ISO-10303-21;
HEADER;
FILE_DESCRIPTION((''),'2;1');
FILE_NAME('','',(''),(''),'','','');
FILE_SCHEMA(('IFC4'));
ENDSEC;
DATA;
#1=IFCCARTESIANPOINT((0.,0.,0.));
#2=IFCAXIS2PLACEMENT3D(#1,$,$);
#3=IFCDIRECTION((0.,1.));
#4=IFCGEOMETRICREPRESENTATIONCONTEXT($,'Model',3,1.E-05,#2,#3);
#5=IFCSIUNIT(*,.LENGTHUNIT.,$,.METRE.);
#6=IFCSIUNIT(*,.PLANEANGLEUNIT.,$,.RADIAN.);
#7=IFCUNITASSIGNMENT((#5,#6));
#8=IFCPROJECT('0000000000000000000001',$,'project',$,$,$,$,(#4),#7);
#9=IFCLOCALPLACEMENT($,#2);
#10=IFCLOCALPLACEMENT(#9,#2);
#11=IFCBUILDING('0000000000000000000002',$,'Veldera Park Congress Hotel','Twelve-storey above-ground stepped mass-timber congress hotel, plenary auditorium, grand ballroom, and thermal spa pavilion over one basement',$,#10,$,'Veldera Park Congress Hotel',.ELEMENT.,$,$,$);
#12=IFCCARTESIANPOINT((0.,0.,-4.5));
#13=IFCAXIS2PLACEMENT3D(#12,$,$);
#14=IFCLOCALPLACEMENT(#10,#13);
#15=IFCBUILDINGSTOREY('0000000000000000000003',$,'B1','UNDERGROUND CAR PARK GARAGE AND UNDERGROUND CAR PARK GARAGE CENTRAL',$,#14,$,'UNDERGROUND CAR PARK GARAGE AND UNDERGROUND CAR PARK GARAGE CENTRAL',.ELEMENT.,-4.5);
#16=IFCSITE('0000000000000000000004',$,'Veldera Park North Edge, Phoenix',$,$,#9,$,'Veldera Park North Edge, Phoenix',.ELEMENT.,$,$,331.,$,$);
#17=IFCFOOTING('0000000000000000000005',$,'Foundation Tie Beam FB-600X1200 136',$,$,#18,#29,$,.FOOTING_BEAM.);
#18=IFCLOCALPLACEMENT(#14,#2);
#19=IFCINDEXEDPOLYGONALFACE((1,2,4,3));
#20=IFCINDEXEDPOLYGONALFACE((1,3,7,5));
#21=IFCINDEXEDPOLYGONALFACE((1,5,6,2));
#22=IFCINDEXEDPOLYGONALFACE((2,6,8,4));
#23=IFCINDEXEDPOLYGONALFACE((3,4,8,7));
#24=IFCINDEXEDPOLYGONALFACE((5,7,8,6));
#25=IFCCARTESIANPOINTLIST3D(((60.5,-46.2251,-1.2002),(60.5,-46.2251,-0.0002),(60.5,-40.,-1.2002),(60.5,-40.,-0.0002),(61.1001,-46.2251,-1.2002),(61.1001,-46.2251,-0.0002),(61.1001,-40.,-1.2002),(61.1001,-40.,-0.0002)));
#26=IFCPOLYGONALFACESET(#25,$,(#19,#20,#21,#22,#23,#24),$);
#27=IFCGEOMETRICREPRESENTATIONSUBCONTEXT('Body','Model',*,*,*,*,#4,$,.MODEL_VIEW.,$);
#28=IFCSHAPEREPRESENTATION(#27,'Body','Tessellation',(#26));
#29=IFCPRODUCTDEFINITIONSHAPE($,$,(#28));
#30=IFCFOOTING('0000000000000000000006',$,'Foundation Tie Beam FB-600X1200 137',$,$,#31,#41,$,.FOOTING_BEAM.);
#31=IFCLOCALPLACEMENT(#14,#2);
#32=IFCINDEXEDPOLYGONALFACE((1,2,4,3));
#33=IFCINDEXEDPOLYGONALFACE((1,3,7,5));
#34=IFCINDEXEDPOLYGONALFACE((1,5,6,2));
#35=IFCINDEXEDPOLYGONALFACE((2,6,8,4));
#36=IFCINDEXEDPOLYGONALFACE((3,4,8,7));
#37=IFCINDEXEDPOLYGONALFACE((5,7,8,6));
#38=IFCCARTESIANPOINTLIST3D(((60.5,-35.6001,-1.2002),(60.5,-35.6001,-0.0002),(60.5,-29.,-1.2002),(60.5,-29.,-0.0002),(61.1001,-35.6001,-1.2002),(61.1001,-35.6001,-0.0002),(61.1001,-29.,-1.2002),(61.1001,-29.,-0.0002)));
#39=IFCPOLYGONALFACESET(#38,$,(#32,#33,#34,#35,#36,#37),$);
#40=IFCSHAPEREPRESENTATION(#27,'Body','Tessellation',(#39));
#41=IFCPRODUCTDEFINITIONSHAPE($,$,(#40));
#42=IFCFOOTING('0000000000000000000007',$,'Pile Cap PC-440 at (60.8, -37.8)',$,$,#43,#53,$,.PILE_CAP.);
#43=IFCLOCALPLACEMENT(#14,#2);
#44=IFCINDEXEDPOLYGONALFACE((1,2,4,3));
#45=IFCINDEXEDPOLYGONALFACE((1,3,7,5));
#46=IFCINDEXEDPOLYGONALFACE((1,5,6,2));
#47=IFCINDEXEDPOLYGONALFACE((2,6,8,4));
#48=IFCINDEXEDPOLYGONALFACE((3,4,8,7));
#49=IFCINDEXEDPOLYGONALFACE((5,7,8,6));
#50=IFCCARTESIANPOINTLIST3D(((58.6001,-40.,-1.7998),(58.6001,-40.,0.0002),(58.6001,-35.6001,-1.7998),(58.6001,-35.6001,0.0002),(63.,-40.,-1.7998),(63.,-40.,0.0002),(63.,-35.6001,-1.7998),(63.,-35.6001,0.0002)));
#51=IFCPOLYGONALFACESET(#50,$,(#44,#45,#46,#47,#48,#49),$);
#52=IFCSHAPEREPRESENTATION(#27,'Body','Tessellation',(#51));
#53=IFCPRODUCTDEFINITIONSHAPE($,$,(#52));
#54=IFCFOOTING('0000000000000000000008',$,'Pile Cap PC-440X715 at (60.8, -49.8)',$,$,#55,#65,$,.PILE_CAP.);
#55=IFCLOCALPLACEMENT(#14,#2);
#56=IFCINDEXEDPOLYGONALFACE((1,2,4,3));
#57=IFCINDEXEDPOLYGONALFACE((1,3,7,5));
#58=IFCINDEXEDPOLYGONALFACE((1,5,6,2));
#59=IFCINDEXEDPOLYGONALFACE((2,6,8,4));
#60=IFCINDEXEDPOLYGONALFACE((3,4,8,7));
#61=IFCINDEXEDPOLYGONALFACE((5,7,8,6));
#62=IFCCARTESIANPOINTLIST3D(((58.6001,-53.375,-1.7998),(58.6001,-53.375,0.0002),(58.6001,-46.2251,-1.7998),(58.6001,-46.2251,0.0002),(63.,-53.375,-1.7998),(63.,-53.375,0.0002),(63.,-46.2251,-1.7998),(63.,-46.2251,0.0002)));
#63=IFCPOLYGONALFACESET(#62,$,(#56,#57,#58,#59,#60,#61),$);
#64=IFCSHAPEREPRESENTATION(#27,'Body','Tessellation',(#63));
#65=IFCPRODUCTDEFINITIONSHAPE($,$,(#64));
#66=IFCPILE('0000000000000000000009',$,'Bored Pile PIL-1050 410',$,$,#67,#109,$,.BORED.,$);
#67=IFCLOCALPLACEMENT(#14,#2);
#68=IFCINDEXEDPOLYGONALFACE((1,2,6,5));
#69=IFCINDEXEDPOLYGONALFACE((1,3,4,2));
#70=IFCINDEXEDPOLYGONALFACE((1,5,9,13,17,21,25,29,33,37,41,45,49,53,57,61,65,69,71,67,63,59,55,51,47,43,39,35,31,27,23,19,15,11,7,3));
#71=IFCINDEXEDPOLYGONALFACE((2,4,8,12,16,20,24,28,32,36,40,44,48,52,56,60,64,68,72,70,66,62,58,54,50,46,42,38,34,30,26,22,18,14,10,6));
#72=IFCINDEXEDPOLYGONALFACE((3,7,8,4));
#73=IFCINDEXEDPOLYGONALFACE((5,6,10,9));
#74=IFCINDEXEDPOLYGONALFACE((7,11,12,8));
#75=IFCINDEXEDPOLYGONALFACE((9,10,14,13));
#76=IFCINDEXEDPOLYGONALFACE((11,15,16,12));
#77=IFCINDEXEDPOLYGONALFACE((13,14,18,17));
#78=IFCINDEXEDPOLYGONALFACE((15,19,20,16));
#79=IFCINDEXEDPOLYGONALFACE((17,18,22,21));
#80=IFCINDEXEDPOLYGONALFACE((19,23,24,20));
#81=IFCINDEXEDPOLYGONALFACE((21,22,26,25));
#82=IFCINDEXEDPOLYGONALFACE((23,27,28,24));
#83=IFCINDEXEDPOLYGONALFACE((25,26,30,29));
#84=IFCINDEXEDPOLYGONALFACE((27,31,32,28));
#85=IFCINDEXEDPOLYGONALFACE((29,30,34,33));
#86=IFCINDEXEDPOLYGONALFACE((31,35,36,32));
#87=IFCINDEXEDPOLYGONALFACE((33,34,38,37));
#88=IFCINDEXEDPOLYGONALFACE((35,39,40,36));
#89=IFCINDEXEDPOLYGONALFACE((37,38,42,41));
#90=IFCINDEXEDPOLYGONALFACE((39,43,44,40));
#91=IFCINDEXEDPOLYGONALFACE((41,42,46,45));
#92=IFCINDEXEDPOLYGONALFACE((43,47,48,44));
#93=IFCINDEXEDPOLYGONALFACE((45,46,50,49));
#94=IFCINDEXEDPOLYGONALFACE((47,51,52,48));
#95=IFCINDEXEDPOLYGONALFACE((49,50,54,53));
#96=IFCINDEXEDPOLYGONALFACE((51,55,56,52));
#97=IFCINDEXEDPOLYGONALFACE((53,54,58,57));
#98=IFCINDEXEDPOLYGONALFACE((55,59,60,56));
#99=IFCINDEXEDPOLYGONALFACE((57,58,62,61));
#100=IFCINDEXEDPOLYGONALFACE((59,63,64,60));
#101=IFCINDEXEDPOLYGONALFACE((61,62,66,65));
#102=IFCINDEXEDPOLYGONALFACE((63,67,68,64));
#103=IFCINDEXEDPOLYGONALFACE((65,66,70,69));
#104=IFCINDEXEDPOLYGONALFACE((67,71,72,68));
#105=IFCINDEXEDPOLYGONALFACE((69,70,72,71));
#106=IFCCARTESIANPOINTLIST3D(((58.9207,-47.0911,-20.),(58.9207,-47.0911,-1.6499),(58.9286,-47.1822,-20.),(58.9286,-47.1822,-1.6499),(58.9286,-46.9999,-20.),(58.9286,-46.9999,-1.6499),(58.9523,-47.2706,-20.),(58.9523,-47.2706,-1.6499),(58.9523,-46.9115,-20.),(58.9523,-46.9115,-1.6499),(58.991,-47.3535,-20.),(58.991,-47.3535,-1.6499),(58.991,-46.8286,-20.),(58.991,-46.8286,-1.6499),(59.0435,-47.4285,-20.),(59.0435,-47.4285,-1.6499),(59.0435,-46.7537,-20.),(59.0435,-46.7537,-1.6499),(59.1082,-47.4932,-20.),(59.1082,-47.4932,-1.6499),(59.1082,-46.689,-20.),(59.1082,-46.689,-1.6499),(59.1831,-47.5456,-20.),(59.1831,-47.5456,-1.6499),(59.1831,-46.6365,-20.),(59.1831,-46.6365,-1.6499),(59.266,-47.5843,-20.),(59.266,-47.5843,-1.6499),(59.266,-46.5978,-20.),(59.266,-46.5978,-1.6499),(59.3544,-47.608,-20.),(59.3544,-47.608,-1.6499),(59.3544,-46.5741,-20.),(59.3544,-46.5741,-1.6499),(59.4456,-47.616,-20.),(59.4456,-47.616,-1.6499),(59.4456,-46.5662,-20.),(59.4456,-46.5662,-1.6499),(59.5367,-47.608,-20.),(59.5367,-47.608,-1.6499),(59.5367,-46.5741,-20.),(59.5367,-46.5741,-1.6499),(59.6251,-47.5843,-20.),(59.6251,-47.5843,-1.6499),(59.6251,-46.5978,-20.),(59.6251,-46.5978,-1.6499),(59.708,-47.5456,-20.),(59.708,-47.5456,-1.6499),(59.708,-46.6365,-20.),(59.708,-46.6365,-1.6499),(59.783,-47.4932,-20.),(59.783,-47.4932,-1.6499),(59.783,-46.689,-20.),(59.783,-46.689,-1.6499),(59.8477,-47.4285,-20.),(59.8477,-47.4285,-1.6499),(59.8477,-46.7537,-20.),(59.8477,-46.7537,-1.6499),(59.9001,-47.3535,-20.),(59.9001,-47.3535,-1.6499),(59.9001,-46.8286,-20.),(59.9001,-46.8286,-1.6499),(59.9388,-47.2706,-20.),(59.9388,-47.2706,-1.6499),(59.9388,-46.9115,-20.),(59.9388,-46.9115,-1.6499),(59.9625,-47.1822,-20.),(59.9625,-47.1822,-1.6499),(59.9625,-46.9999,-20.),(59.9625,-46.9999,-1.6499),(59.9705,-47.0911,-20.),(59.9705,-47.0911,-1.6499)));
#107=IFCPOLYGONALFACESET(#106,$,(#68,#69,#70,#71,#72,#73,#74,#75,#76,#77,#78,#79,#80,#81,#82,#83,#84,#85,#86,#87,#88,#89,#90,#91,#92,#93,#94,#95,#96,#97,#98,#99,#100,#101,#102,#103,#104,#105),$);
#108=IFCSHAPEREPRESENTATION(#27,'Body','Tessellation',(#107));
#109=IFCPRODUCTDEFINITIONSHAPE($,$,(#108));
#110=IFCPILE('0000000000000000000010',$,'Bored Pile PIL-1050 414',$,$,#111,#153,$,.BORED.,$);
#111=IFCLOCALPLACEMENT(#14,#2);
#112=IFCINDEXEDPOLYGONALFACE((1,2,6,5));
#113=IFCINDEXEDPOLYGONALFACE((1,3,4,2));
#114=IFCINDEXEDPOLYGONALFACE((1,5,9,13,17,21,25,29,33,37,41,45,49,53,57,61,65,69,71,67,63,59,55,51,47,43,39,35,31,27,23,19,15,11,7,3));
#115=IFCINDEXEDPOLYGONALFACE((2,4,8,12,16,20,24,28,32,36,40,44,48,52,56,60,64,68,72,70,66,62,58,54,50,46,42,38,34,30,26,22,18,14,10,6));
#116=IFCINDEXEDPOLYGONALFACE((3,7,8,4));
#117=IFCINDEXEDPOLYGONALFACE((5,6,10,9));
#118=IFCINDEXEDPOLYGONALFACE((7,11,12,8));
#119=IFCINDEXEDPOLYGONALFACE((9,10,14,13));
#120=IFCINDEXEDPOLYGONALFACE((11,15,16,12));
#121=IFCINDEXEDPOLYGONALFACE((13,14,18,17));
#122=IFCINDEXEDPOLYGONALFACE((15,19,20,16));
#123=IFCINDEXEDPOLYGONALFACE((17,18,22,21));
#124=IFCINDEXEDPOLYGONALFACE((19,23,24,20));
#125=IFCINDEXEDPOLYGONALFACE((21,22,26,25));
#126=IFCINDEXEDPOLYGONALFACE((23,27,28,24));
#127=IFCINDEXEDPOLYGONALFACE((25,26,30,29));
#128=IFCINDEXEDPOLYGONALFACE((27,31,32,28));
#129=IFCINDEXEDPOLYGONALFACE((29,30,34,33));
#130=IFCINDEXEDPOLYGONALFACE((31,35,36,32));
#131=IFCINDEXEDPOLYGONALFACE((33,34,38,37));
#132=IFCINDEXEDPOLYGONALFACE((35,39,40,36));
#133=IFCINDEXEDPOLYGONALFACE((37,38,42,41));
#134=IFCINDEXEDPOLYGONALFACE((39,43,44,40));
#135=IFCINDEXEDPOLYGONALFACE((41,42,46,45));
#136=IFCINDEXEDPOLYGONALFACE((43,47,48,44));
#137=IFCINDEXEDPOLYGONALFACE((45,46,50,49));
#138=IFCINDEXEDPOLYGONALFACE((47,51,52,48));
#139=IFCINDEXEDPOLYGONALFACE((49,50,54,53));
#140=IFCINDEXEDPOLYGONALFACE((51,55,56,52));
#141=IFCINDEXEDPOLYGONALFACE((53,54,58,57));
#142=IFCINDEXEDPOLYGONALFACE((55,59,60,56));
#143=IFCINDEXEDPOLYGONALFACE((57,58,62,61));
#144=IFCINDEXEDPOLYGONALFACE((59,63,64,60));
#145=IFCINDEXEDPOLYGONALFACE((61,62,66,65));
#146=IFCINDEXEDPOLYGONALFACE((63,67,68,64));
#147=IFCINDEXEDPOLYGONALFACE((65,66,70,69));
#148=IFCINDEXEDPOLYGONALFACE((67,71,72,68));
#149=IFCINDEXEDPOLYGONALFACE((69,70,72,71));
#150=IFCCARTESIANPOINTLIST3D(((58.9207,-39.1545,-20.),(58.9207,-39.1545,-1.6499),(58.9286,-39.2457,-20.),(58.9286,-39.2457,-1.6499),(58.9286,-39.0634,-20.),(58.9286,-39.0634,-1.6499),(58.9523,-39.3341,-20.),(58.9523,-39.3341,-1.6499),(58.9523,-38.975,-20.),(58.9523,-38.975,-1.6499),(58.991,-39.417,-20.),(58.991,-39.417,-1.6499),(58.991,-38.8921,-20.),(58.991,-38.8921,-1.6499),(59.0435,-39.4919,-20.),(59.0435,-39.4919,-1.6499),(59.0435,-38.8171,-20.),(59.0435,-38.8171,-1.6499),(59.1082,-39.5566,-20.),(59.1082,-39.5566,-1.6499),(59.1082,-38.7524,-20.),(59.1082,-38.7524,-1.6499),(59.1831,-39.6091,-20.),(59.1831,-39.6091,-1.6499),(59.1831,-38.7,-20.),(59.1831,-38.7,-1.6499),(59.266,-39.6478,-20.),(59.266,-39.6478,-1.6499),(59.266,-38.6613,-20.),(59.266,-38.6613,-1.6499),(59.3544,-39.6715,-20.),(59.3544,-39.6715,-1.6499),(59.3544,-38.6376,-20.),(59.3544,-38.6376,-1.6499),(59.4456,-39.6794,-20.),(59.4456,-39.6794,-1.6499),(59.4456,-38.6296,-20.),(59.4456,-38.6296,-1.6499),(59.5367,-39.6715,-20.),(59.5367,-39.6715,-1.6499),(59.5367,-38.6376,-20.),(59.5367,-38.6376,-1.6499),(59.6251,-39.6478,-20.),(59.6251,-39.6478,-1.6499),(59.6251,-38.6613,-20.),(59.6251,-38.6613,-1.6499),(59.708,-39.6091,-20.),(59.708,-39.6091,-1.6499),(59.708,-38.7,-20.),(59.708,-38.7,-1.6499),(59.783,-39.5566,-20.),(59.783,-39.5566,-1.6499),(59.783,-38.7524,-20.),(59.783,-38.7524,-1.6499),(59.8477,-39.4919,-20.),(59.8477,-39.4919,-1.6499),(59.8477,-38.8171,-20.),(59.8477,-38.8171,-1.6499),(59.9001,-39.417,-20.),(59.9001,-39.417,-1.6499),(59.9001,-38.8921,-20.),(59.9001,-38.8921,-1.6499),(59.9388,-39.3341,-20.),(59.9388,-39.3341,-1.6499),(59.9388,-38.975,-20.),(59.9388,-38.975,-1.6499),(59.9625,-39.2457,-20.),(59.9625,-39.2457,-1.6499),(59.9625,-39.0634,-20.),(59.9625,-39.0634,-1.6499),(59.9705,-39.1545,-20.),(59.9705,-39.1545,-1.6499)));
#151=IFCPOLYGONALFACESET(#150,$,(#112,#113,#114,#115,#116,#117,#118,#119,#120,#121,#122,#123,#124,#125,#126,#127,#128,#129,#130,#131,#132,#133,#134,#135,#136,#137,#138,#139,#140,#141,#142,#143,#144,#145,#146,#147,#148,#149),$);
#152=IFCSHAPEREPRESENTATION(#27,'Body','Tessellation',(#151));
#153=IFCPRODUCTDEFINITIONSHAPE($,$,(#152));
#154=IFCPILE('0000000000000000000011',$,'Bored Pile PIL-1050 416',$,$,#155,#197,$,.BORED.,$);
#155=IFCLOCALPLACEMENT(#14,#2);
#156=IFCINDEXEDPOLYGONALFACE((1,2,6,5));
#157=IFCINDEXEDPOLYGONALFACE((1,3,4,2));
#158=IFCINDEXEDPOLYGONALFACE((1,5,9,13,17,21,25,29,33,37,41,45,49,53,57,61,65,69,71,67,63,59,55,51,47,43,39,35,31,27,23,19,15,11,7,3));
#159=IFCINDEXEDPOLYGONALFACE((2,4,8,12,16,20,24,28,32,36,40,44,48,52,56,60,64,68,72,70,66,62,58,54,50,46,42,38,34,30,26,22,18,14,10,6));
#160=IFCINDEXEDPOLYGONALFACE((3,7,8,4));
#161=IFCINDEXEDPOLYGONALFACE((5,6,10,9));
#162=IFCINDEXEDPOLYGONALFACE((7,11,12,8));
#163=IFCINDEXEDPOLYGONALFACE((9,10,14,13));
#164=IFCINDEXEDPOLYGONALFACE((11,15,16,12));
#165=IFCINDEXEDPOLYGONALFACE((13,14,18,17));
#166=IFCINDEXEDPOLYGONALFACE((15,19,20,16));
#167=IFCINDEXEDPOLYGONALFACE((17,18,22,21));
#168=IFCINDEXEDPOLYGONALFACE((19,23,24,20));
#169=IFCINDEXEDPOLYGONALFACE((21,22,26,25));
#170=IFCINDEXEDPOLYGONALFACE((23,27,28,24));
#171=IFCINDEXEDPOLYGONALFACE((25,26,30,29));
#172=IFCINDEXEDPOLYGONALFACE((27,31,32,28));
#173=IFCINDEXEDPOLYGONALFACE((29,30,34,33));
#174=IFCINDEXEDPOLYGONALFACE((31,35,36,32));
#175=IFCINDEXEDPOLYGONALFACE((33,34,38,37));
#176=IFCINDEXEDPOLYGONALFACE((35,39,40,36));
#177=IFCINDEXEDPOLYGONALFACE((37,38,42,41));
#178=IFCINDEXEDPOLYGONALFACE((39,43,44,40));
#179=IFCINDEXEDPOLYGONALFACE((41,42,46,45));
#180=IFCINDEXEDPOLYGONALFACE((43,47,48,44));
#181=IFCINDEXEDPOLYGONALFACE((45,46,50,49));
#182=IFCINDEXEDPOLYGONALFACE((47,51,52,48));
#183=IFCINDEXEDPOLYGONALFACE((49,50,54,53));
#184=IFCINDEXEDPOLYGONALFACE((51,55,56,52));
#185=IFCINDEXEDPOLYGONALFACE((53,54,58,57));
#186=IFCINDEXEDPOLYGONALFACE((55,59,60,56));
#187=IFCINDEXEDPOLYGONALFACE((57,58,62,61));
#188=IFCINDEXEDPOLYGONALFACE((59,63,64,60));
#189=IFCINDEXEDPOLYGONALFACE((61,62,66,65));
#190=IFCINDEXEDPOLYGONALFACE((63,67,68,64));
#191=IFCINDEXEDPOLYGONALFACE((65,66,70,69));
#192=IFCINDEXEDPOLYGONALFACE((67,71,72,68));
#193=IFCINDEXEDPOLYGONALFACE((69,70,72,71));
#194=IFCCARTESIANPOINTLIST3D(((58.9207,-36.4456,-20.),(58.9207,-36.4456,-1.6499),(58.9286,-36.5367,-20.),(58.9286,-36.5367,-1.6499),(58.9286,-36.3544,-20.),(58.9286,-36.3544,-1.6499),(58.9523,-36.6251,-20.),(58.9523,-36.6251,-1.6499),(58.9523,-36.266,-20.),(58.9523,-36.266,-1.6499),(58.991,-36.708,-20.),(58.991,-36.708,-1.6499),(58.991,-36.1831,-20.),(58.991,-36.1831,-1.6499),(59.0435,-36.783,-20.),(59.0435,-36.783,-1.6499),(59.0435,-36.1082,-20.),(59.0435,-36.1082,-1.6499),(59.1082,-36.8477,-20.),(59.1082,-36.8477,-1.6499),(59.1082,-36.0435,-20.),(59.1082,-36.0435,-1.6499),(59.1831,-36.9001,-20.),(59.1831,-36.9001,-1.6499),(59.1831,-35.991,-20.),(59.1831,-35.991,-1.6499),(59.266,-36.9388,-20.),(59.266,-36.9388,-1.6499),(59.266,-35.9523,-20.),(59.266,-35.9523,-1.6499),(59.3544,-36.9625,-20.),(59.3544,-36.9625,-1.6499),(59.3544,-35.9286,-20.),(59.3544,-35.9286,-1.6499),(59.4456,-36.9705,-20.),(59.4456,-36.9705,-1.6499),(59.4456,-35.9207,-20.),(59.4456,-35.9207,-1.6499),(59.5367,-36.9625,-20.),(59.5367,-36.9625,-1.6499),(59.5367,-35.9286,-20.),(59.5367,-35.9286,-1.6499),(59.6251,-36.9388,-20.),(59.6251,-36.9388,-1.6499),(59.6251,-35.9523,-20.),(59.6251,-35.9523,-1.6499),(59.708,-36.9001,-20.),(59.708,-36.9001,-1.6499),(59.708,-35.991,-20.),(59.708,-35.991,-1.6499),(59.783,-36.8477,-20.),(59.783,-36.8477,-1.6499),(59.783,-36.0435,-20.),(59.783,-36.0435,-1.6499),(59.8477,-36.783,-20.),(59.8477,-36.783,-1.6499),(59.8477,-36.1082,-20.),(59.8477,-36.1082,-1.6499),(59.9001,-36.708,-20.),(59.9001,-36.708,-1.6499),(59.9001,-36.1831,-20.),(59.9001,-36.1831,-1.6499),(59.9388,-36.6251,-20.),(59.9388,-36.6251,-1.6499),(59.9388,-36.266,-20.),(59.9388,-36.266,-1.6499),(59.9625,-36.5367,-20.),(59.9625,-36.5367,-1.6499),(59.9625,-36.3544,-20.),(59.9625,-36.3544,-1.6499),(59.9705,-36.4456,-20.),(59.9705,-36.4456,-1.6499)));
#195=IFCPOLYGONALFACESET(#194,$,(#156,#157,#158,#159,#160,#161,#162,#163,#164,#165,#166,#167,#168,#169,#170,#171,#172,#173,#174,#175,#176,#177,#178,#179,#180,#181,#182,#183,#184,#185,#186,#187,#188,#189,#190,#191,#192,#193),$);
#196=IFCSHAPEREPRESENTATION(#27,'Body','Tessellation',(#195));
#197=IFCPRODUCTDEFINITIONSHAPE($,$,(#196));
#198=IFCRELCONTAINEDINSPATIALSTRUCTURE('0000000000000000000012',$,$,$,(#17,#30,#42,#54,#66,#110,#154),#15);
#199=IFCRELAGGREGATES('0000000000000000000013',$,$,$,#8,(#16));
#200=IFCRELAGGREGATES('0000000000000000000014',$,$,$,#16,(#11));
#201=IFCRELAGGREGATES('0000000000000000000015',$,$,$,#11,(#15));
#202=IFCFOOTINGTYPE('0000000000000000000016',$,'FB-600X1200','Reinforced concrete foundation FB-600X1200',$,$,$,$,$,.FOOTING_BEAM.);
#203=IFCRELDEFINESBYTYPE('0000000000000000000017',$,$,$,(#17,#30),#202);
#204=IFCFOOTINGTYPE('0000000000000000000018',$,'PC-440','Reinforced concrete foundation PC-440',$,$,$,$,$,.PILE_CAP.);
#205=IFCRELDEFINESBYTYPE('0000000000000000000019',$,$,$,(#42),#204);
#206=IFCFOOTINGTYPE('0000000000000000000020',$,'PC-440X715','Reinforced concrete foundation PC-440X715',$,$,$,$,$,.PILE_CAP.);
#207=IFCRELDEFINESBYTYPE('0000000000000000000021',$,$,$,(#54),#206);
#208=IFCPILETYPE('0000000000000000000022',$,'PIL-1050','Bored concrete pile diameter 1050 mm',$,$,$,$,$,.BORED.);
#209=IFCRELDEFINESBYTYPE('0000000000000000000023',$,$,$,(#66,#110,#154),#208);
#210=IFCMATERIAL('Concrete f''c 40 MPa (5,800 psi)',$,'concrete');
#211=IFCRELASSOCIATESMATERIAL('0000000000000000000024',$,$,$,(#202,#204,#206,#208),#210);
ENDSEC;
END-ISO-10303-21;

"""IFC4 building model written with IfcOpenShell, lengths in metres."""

from ifc_helpers import new_model, si_unit, direction, frame, origin, origin_2d, place, context, subcontext, project, spatial, rectangle, circle, extrude, material, material_profile, profile_set, type_object, element, save


model = new_model("IFC4")

# Units and contexts
model_context = context("Model", 3, precision=1e-05, world=origin(), true_north=direction((0.0, 1.0)))
body_context = subcontext(model_context, "Body", "Model", "MODEL_VIEW")
ifc_project = project(units=[si_unit("LENGTHUNIT", "METRE"), si_unit("PLANEANGLEUNIT", "RADIAN")], contexts=[model_context])

# Site, building, storey
site_placement = place(None, origin())
site = spatial("IfcSite", under=ifc_project, at=site_placement, Name="Veldera Park North Edge, Phoenix", LongName="Veldera Park North Edge, Phoenix", CompositionType="ELEMENT", RefElevation=331.0)
building_placement = place(site_placement, origin())
building = spatial("IfcBuilding", under=site, at=building_placement, Name="Veldera Park Congress Hotel", Description="Twelve-storey above-ground stepped mass-timber congress hotel, plenary auditorium, grand ballroom, and thermal spa pavilion over one basement", LongName="Veldera Park Congress Hotel", CompositionType="ELEMENT")
storey_placement = place(building_placement, frame((0.0, 0.0, -4.5)))
storey = spatial("IfcBuildingStorey", under=building, at=storey_placement, Name="B1", Description="UNDERGROUND CAR PARK GARAGE AND UNDERGROUND CAR PARK GARAGE CENTRAL", LongName="UNDERGROUND CAR PARK GARAGE AND UNDERGROUND CAR PARK GARAGE CENTRAL", CompositionType="ELEMENT", Elevation=-4.5)

# Footings
ifc_material_1 = material(Name="Concrete f'c 40 MPa (5,800 psi)", Category="concrete")
footing_type_1 = type_object("IfcFootingType", Name="FB-600X1200", Description="Reinforced concrete foundation FB-600X1200", PredefinedType="FOOTING_BEAM", material=ifc_material_1)
footing_1_placement = place(storey_placement, frame((60.8, -43.1125, -1.2002), z_axis=(0.0, 0.0, 1.0), x_axis=(0.0, 1.0, 0.0)))
element("IfcFooting", 1, at=footing_1_placement, inside=storey, type_object=footing_type_1, Name="Foundation Tie Beam FB-600X1200 136", PredefinedType="FOOTING_BEAM", context=body_context, shape_type="SweptSolid", body=[
    extrude(rectangle(XDim=6.2251, YDim=0.6001, at=origin_2d()), origin(), (0.0, 0.0, 1.0), 1.2),
])
footing_2_placement = place(storey_placement, frame((60.8, -32.3, -1.2002), z_axis=(0.0, 0.0, 1.0), x_axis=(0.0, 1.0, 0.0)))
element("IfcFooting", 2, at=footing_2_placement, inside=storey, type_object=footing_type_1, Name="Foundation Tie Beam FB-600X1200 137", PredefinedType="FOOTING_BEAM", context=body_context, shape_type="SweptSolid", body=[
    extrude(rectangle(XDim=6.6001, YDim=0.6001, at=origin_2d()), origin(), (0.0, 0.0, 1.0), 1.2),
])
footing_type_2 = type_object("IfcFootingType", Name="PC-440", Description="Reinforced concrete foundation PC-440", PredefinedType="PILE_CAP", material=ifc_material_1)
footing_3_placement = place(storey_placement, frame((60.8, -37.8, -1.7998), z_axis=(0.0, 0.0, 1.0), x_axis=(1.0, 0.0, 0.0)))
element("IfcFooting", 3, at=footing_3_placement, inside=storey, type_object=footing_type_2, Name="Pile Cap PC-440 at (60.8, -37.8)", PredefinedType="PILE_CAP", context=body_context, shape_type="SweptSolid", body=[
    extrude(rectangle(XDim=4.3999, YDim=4.3999, at=origin_2d()), origin(), (0.0, 0.0, 1.0), 1.8),
])
footing_type_3 = type_object("IfcFootingType", Name="PC-440X715", Description="Reinforced concrete foundation PC-440X715", PredefinedType="PILE_CAP", material=ifc_material_1)
footing_4_placement = place(storey_placement, frame((60.8, -49.8, -1.7998), z_axis=(0.0, 0.0, 1.0), x_axis=(1.0, 0.0, 0.0)))
element("IfcFooting", 4, at=footing_4_placement, inside=storey, type_object=footing_type_3, Name="Pile Cap PC-440X715 at (60.8, -49.8)", PredefinedType="PILE_CAP", context=body_context, shape_type="SweptSolid", body=[
    extrude(rectangle(XDim=4.3999, YDim=7.1499, at=origin_2d()), origin(), (0.0, 0.0, 1.0), 1.8),
])

# Piles
ifc_material_profile_1 = material_profile(ifc_material_1, circle(Radius=0.5249, at=origin_2d()), Name="PILE D1050")
ifc_profile_set_1 = profile_set([ifc_material_profile_1], Name="Concrete f'c 40 MPa (5,800 psi)")
pile_type_1 = type_object("IfcPileType", Name="PIL-1050", Description="Bored concrete pile diameter 1050 mm", PredefinedType="BORED", material=ifc_profile_set_1)
for number, where, z_axis, x_axis, name in (
    (5, (59.4456, -47.0911, -1.6499), (0.0, 0.0, -1.0), (1.0, 0.0, 0.0), "Bored Pile PIL-1050 410"),
    (6, (59.4456, -39.1545, -1.6499), (0.0, 0.0, -1.0), (1.0, 0.0, 0.0), "Bored Pile PIL-1050 414"),
    (7, (59.4456, -36.4456, -1.6499), (0.0, 0.0, -1.0), (1.0, 0.0, 0.0), "Bored Pile PIL-1050 416"),
):
    element("IfcPile", number, at=place(storey_placement, frame(where, z_axis=z_axis, x_axis=x_axis)), inside=storey, type_object=pile_type_1, Name=name, PredefinedType="BORED", context=body_context, shape_type="SweptSolid", body=[
        extrude(circle(Radius=0.5249, at=origin_2d()), origin(), (0.0, 0.0, 1.0), 18.3501),
    ])

save(model, "model.ifc")
